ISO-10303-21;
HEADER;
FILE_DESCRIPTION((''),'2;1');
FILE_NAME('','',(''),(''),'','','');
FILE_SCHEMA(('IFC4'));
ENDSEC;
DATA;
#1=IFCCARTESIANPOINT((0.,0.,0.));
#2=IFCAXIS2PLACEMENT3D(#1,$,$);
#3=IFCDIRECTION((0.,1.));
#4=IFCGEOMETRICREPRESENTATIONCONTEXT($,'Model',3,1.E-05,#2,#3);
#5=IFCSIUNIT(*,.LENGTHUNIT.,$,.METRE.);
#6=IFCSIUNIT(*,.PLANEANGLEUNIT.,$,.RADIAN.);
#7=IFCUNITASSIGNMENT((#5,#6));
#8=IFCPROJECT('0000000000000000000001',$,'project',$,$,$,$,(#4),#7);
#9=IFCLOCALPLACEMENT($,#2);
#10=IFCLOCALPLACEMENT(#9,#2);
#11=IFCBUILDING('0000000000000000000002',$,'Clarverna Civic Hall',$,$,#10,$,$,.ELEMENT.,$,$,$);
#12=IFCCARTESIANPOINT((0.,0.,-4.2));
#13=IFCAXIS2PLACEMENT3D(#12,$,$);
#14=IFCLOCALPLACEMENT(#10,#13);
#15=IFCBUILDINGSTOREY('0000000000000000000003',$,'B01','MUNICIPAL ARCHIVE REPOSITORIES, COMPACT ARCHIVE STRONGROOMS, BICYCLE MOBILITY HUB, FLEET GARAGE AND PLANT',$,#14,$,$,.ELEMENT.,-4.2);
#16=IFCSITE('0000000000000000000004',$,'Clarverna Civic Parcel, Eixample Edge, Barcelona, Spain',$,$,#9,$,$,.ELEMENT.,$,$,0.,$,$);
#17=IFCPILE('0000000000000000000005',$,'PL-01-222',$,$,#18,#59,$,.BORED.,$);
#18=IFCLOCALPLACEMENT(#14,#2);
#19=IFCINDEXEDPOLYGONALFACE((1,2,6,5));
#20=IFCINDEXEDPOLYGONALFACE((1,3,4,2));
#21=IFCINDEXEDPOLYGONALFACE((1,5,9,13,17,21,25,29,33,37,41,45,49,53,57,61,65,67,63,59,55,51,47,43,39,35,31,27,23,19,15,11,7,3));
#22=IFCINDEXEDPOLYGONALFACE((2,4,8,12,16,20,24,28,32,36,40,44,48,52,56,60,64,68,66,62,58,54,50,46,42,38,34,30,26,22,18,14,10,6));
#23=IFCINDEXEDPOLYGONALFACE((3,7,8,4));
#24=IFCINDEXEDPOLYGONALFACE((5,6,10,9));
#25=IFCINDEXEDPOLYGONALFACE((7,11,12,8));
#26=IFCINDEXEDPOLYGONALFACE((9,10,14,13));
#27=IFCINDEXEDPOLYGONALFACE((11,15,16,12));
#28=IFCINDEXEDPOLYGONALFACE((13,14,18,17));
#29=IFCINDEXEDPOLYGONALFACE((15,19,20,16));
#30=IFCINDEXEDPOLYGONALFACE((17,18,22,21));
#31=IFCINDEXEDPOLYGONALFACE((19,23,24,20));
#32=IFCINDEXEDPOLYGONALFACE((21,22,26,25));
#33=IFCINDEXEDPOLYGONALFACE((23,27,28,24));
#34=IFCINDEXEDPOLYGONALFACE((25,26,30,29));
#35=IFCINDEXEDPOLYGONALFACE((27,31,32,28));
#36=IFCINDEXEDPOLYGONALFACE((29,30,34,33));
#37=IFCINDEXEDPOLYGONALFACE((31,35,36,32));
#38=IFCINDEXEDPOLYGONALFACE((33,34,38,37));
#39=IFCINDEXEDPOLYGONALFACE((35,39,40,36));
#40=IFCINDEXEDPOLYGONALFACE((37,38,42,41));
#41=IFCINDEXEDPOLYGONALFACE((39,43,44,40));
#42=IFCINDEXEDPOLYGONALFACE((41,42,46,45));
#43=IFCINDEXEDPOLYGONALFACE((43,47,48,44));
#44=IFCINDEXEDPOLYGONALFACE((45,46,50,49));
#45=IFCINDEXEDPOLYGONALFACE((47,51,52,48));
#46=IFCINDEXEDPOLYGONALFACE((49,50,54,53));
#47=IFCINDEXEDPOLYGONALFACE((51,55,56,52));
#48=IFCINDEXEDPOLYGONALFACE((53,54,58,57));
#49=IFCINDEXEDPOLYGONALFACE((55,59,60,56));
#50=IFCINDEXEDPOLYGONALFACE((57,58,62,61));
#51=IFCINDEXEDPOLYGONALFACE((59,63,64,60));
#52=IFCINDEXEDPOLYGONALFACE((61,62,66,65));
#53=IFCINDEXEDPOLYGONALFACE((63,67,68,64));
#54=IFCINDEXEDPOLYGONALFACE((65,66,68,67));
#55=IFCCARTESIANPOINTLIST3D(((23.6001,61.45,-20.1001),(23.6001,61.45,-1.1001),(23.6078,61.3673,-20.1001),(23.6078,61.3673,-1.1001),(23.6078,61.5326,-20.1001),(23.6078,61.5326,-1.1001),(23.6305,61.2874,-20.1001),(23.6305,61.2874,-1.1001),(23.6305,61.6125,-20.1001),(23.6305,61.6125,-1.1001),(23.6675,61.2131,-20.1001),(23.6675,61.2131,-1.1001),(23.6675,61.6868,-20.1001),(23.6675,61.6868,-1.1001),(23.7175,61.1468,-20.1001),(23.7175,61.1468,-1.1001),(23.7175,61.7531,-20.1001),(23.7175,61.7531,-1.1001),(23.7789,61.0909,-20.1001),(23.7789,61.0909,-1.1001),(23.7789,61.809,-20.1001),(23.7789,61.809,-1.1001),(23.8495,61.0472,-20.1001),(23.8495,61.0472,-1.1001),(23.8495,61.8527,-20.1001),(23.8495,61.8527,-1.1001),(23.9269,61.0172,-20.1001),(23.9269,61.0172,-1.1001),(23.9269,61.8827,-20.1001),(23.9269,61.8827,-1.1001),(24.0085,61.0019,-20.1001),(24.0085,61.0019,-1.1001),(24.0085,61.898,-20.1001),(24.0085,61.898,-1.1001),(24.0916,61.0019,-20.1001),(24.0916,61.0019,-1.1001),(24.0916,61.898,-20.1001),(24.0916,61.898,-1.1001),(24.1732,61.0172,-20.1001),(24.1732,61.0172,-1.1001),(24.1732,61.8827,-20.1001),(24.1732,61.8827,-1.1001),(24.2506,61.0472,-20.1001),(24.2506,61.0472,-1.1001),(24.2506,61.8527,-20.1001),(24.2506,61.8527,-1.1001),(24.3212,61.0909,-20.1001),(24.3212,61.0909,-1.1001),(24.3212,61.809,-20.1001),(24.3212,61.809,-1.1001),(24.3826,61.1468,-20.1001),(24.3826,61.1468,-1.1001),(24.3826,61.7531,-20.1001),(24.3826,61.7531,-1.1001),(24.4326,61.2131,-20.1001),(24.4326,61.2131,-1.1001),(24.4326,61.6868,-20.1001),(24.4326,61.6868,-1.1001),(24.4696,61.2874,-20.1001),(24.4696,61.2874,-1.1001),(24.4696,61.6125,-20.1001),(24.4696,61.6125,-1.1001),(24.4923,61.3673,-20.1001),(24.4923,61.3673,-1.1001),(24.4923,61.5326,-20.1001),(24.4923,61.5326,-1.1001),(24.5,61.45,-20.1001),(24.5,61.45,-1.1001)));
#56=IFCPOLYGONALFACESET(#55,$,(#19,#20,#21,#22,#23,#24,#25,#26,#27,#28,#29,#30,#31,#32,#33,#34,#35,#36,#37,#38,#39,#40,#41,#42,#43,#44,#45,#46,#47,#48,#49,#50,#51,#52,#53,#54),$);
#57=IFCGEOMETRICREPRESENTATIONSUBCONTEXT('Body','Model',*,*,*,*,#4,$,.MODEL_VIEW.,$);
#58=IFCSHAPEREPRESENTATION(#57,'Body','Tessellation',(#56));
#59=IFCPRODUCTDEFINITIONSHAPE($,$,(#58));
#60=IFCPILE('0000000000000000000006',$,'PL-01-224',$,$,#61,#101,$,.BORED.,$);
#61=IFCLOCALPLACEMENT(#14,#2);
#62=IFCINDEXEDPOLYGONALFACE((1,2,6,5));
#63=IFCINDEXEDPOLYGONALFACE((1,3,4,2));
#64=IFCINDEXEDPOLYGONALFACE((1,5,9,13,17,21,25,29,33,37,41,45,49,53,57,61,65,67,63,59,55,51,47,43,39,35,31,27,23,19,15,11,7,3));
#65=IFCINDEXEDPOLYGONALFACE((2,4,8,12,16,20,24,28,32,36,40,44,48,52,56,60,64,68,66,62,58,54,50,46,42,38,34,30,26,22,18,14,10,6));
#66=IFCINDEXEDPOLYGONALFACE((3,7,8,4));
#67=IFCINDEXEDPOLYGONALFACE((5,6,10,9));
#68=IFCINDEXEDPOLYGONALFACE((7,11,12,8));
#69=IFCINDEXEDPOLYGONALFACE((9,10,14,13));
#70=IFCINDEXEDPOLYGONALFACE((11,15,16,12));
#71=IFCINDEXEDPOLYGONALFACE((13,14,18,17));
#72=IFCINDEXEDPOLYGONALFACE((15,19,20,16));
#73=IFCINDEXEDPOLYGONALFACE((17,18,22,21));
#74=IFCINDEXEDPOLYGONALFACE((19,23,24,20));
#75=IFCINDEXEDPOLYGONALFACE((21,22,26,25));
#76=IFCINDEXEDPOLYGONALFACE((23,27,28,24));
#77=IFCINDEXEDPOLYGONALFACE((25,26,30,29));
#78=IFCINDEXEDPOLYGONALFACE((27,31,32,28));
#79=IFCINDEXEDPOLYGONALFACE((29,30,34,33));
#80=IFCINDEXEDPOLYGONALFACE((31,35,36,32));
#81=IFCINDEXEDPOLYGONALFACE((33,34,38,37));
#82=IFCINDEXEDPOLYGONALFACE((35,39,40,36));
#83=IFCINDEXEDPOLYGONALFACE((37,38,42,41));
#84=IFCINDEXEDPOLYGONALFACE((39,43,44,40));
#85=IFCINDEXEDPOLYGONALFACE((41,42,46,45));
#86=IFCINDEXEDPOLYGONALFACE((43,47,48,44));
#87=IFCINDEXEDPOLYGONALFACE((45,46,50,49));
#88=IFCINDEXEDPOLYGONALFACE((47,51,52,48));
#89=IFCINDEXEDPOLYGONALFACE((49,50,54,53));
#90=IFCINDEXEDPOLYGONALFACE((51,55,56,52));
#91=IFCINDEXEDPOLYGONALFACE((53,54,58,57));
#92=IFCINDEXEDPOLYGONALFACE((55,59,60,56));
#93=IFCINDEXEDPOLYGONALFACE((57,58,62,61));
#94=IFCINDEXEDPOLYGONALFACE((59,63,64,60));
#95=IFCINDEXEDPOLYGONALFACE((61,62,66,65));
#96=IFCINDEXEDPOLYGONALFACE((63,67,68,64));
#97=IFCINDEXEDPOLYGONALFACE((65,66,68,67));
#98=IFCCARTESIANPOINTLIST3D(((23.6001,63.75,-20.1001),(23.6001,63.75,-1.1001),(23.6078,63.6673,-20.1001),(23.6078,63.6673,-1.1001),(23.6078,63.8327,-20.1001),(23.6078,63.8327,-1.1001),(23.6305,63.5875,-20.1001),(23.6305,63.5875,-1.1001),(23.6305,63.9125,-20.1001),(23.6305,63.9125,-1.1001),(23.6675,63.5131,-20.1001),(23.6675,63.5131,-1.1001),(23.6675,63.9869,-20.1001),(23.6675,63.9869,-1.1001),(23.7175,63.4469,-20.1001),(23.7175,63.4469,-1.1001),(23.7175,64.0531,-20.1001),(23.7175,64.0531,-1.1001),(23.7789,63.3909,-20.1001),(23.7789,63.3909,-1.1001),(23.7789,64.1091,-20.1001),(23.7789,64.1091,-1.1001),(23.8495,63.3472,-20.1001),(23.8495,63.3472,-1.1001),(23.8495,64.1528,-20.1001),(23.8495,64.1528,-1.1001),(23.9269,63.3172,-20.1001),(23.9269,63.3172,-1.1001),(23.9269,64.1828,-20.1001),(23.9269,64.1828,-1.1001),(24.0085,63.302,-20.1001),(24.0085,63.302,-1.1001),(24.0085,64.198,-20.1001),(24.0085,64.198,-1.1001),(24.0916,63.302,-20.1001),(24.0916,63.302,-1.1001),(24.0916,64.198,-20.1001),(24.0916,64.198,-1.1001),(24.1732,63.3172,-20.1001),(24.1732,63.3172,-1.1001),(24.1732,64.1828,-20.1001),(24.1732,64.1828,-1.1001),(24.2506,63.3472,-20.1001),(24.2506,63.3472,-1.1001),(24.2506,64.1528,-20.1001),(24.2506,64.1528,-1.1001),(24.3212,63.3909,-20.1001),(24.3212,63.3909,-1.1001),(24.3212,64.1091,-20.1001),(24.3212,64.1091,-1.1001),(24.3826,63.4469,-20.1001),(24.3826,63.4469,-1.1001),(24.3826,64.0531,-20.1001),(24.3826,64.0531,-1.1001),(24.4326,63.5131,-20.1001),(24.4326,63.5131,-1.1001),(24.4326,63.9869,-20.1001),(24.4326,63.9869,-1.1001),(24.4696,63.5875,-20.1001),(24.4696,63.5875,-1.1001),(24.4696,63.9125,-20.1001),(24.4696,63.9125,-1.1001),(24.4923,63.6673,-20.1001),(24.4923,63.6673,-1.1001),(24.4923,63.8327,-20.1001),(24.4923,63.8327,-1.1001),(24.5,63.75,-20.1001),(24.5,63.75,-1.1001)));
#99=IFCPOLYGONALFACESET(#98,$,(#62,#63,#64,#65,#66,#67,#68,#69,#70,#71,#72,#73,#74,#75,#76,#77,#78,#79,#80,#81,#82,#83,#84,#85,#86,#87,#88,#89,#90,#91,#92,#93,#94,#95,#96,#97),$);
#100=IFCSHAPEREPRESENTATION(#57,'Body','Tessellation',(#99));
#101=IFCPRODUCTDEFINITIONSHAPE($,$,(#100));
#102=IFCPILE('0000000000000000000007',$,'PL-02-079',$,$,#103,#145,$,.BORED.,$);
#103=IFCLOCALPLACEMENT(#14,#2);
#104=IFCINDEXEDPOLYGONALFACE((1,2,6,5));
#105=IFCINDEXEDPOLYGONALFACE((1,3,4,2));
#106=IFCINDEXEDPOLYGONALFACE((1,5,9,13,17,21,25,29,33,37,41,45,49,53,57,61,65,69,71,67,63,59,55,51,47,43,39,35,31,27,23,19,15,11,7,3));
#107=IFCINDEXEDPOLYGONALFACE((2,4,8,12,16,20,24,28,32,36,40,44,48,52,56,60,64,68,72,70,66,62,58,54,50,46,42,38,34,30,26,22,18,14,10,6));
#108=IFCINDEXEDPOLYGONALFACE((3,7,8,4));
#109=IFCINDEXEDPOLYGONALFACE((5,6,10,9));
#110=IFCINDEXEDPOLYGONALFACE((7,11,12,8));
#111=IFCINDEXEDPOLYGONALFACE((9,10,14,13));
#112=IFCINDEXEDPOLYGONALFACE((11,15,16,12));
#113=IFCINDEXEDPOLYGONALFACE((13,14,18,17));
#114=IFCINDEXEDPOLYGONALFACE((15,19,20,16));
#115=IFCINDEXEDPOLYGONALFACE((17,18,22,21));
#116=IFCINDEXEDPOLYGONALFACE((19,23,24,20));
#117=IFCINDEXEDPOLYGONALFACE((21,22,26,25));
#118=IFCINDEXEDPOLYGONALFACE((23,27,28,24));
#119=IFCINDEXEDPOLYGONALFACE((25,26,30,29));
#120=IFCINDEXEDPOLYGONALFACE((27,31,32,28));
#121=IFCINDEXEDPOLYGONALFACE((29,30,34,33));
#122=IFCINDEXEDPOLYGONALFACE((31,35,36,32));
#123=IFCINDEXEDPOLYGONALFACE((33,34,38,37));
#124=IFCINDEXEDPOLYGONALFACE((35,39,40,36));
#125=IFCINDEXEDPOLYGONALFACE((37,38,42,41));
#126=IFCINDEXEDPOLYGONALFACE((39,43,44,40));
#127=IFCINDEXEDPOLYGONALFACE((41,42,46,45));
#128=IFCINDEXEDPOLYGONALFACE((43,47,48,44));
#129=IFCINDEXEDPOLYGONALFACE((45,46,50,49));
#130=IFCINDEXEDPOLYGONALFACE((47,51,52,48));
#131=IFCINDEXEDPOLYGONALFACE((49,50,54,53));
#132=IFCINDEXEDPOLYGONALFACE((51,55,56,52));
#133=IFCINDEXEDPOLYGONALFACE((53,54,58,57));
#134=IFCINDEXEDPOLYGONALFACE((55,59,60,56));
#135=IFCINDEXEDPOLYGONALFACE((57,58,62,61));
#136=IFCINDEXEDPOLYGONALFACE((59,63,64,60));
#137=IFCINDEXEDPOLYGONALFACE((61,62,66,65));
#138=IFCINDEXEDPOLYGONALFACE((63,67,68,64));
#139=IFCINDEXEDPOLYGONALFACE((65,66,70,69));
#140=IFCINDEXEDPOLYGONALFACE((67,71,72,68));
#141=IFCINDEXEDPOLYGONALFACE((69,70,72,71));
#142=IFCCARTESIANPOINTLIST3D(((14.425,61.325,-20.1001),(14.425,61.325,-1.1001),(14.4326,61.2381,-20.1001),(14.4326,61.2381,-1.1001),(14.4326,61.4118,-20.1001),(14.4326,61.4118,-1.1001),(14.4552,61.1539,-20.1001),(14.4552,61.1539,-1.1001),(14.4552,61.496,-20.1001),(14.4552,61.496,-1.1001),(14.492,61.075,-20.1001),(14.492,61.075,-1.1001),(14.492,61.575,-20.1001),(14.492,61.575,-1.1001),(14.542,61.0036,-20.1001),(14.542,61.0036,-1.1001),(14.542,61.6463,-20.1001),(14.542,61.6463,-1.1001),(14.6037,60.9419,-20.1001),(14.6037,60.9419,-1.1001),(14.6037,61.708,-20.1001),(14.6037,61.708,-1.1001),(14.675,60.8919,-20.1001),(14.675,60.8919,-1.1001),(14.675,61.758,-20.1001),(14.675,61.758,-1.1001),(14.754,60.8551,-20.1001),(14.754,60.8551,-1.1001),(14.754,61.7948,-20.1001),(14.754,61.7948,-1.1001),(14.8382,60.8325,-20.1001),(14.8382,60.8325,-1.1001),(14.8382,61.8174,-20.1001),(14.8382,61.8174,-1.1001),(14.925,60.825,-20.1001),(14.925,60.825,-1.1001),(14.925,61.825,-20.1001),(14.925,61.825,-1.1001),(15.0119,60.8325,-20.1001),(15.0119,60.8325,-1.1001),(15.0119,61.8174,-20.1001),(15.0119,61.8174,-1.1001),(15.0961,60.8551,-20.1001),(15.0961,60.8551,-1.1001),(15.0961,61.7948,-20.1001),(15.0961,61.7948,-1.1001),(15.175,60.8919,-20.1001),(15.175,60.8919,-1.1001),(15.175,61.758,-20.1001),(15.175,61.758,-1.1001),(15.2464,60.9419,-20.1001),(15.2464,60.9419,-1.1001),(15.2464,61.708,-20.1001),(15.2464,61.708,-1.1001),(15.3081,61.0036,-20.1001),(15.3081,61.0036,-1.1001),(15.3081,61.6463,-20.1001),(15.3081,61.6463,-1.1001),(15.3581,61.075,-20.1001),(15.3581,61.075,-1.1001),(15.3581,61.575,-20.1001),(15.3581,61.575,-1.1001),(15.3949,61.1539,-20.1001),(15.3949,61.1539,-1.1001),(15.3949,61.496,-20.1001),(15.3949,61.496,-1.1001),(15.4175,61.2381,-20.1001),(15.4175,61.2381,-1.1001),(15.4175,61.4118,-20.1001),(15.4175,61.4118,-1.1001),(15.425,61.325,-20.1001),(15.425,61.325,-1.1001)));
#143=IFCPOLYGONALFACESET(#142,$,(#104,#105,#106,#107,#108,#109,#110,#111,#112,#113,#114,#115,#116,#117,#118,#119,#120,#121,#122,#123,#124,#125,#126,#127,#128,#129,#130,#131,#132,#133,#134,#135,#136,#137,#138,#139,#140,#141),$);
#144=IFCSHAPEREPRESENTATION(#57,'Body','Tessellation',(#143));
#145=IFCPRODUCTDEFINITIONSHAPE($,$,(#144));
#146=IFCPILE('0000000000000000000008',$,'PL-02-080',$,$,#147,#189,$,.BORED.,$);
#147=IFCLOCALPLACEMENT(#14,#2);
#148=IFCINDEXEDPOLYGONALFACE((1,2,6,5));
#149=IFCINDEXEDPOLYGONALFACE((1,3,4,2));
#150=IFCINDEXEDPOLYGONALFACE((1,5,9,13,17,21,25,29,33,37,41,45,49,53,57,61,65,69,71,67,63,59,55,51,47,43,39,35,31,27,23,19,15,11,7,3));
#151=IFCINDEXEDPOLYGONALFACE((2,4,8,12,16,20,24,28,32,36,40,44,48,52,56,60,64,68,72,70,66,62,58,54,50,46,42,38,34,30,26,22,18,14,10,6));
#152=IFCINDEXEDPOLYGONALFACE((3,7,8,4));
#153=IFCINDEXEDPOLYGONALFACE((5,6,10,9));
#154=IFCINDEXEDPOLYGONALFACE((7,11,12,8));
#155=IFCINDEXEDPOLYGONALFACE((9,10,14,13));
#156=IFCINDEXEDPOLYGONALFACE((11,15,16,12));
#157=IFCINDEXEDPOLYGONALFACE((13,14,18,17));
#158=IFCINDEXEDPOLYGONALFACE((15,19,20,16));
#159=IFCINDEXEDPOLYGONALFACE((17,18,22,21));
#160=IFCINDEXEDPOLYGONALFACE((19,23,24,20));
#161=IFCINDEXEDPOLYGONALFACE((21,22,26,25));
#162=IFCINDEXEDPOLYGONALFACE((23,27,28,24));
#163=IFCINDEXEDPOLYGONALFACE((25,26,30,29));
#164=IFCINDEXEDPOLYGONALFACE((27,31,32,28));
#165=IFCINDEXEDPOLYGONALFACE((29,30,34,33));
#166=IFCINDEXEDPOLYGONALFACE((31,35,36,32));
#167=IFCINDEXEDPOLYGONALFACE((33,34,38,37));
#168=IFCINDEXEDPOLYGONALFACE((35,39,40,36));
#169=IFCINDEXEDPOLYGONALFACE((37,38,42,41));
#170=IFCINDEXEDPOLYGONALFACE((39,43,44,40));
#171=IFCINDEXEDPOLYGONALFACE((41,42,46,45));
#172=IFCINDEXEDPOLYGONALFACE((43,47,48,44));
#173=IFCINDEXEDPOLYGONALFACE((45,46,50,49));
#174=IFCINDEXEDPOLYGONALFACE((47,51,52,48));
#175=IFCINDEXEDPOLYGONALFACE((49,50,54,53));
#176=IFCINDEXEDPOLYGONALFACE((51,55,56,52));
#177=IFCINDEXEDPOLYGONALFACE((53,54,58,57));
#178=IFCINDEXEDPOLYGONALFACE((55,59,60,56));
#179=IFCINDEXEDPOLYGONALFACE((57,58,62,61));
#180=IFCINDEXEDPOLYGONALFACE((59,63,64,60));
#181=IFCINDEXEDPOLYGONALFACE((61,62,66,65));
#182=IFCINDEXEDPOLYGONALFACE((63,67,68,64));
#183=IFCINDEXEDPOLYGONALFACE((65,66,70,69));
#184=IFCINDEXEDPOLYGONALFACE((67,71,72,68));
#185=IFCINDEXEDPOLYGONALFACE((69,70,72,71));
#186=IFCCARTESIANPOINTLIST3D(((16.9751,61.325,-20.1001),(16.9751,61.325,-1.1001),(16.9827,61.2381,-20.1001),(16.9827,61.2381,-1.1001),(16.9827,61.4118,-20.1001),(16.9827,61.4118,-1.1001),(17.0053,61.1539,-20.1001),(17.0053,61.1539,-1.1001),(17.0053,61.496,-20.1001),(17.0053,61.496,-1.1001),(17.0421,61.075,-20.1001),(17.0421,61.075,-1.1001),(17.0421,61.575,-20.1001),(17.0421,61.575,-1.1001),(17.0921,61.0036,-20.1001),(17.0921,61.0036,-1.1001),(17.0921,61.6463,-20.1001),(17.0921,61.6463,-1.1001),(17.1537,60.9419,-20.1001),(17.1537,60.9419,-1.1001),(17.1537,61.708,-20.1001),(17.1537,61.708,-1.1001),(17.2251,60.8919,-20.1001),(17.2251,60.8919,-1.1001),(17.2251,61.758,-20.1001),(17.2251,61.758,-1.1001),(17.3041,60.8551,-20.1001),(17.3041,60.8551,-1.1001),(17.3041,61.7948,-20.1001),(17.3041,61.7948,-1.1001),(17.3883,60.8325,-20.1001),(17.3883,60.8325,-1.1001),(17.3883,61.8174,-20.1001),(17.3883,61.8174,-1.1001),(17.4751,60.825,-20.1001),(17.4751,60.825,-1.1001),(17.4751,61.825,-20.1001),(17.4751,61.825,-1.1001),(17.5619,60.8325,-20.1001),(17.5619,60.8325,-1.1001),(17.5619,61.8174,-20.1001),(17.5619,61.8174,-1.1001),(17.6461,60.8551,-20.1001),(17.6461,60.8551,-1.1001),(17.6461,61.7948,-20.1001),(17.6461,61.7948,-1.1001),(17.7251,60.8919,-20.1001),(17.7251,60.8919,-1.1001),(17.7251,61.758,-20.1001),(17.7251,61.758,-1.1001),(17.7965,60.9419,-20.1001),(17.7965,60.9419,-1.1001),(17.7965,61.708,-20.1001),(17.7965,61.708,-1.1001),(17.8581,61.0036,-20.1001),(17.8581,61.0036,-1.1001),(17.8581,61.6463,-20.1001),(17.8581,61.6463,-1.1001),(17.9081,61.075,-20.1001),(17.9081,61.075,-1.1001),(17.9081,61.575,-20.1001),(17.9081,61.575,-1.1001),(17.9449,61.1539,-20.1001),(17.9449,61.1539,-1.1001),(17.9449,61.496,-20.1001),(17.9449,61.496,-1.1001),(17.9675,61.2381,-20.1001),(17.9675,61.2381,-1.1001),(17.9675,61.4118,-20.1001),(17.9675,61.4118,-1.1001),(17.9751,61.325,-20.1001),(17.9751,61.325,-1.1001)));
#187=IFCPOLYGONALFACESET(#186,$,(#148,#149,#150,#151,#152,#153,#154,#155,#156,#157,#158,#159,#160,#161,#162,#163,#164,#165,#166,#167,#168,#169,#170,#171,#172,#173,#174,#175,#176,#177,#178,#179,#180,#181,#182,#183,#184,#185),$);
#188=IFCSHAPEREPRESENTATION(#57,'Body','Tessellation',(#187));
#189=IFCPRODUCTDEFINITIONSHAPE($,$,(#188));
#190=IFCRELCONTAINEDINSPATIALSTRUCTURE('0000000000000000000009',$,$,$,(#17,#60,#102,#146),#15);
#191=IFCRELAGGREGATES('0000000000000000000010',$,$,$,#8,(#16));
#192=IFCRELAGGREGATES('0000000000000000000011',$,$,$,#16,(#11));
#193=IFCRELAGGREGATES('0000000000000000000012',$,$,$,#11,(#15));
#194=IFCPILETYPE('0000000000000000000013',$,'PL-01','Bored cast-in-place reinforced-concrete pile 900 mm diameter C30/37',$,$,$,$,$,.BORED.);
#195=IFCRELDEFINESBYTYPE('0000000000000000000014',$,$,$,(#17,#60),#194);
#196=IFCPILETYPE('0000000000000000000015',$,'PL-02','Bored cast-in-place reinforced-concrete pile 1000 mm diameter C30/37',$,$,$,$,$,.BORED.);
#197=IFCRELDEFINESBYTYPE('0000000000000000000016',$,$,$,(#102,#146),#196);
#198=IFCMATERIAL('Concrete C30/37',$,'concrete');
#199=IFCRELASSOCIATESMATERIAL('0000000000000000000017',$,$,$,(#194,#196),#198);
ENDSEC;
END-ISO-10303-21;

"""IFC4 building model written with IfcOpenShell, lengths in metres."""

from ifc_helpers import new_model, si_unit, direction, frame, origin, origin_2d, place, context, subcontext, project, spatial, circle, extrude, material, material_profile, profile_set, type_object, element, save


model = new_model("IFC4")

# Units and contexts
model_context = context("Model", 3, precision=1e-05, world=origin(), true_north=direction((0.0, 1.0)))
body_context = subcontext(model_context, "Body", "Model", "MODEL_VIEW")
ifc_project = project(units=[si_unit("LENGTHUNIT", "METRE"), si_unit("PLANEANGLEUNIT", "RADIAN")], contexts=[model_context])

# Site, building, storey
site_placement = place(None, origin())
site = spatial("IfcSite", under=ifc_project, at=site_placement, Name="Clarverna Civic Parcel, Eixample Edge, Barcelona, Spain", CompositionType="ELEMENT", RefElevation=0.0)
building_placement = place(site_placement, origin())
building = spatial("IfcBuilding", under=site, at=building_placement, Name="Clarverna Civic Hall", CompositionType="ELEMENT")
storey_placement = place(building_placement, frame((0.0, 0.0, -4.2)))
storey = spatial("IfcBuildingStorey", under=building, at=storey_placement, Name="B01", Description="MUNICIPAL ARCHIVE REPOSITORIES, COMPACT ARCHIVE STRONGROOMS, BICYCLE MOBILITY HUB, FLEET GARAGE AND PLANT", CompositionType="ELEMENT", Elevation=-4.2)

# Shared definitions
ifc_material_1 = material(Name="Concrete C30/37", Category="concrete")

# Piles
ifc_material_profile_1 = material_profile(ifc_material_1, circle(Radius=0.45, at=origin_2d()), Name="BORED PILE D900")
ifc_profile_set_1 = profile_set([ifc_material_profile_1], Name="Concrete C30/37")
pile_type_1 = type_object("IfcPileType", Name="PL-01", Description="Bored cast-in-place reinforced-concrete pile 900 mm diameter C30/37", PredefinedType="BORED", material=ifc_profile_set_1)
for number, where, z_axis, x_axis, name in (
    (1, (24.05, 61.45, -1.1001), (0.0, 0.0, -1.0), (1.0, 0.0, 0.0), "PL-01-222"),
    (2, (24.05, 63.75, -1.1001), (0.0, 0.0, -1.0), (1.0, 0.0, 0.0), "PL-01-224"),
):
    element("IfcPile", number, at=place(storey_placement, frame(where, z_axis=z_axis, x_axis=x_axis)), inside=storey, type_object=pile_type_1, Name=name, PredefinedType="BORED", context=body_context, shape_type="SweptSolid", body=[
        extrude(circle(Radius=0.45, at=origin_2d()), origin(), (0.0, 0.0, 1.0), 19.0),
    ])
ifc_material_profile_2 = material_profile(ifc_material_1, circle(Radius=0.5, at=origin_2d()), Name="BORED PILE D1000")
ifc_profile_set_2 = profile_set([ifc_material_profile_2], Name="Concrete C30/37")
pile_type_2 = type_object("IfcPileType", Name="PL-02", Description="Bored cast-in-place reinforced-concrete pile 1000 mm diameter C30/37", PredefinedType="BORED", material=ifc_profile_set_2)
for number, where, z_axis, x_axis, name in (
    (3, (14.925, 61.325, -1.1001), (0.0, 0.0, -1.0), (1.0, 0.0, 0.0), "PL-02-079"),
    (4, (17.4751, 61.325, -1.1001), (0.0, 0.0, -1.0), (1.0, 0.0, 0.0), "PL-02-080"),
):
    element("IfcPile", number, at=place(storey_placement, frame(where, z_axis=z_axis, x_axis=x_axis)), inside=storey, type_object=pile_type_2, Name=name, PredefinedType="BORED", context=body_context, shape_type="SweptSolid", body=[
        extrude(circle(Radius=0.5, at=origin_2d()), origin(), (0.0, 0.0, 1.0), 19.0),
    ])

save(model, "model.ifc")
